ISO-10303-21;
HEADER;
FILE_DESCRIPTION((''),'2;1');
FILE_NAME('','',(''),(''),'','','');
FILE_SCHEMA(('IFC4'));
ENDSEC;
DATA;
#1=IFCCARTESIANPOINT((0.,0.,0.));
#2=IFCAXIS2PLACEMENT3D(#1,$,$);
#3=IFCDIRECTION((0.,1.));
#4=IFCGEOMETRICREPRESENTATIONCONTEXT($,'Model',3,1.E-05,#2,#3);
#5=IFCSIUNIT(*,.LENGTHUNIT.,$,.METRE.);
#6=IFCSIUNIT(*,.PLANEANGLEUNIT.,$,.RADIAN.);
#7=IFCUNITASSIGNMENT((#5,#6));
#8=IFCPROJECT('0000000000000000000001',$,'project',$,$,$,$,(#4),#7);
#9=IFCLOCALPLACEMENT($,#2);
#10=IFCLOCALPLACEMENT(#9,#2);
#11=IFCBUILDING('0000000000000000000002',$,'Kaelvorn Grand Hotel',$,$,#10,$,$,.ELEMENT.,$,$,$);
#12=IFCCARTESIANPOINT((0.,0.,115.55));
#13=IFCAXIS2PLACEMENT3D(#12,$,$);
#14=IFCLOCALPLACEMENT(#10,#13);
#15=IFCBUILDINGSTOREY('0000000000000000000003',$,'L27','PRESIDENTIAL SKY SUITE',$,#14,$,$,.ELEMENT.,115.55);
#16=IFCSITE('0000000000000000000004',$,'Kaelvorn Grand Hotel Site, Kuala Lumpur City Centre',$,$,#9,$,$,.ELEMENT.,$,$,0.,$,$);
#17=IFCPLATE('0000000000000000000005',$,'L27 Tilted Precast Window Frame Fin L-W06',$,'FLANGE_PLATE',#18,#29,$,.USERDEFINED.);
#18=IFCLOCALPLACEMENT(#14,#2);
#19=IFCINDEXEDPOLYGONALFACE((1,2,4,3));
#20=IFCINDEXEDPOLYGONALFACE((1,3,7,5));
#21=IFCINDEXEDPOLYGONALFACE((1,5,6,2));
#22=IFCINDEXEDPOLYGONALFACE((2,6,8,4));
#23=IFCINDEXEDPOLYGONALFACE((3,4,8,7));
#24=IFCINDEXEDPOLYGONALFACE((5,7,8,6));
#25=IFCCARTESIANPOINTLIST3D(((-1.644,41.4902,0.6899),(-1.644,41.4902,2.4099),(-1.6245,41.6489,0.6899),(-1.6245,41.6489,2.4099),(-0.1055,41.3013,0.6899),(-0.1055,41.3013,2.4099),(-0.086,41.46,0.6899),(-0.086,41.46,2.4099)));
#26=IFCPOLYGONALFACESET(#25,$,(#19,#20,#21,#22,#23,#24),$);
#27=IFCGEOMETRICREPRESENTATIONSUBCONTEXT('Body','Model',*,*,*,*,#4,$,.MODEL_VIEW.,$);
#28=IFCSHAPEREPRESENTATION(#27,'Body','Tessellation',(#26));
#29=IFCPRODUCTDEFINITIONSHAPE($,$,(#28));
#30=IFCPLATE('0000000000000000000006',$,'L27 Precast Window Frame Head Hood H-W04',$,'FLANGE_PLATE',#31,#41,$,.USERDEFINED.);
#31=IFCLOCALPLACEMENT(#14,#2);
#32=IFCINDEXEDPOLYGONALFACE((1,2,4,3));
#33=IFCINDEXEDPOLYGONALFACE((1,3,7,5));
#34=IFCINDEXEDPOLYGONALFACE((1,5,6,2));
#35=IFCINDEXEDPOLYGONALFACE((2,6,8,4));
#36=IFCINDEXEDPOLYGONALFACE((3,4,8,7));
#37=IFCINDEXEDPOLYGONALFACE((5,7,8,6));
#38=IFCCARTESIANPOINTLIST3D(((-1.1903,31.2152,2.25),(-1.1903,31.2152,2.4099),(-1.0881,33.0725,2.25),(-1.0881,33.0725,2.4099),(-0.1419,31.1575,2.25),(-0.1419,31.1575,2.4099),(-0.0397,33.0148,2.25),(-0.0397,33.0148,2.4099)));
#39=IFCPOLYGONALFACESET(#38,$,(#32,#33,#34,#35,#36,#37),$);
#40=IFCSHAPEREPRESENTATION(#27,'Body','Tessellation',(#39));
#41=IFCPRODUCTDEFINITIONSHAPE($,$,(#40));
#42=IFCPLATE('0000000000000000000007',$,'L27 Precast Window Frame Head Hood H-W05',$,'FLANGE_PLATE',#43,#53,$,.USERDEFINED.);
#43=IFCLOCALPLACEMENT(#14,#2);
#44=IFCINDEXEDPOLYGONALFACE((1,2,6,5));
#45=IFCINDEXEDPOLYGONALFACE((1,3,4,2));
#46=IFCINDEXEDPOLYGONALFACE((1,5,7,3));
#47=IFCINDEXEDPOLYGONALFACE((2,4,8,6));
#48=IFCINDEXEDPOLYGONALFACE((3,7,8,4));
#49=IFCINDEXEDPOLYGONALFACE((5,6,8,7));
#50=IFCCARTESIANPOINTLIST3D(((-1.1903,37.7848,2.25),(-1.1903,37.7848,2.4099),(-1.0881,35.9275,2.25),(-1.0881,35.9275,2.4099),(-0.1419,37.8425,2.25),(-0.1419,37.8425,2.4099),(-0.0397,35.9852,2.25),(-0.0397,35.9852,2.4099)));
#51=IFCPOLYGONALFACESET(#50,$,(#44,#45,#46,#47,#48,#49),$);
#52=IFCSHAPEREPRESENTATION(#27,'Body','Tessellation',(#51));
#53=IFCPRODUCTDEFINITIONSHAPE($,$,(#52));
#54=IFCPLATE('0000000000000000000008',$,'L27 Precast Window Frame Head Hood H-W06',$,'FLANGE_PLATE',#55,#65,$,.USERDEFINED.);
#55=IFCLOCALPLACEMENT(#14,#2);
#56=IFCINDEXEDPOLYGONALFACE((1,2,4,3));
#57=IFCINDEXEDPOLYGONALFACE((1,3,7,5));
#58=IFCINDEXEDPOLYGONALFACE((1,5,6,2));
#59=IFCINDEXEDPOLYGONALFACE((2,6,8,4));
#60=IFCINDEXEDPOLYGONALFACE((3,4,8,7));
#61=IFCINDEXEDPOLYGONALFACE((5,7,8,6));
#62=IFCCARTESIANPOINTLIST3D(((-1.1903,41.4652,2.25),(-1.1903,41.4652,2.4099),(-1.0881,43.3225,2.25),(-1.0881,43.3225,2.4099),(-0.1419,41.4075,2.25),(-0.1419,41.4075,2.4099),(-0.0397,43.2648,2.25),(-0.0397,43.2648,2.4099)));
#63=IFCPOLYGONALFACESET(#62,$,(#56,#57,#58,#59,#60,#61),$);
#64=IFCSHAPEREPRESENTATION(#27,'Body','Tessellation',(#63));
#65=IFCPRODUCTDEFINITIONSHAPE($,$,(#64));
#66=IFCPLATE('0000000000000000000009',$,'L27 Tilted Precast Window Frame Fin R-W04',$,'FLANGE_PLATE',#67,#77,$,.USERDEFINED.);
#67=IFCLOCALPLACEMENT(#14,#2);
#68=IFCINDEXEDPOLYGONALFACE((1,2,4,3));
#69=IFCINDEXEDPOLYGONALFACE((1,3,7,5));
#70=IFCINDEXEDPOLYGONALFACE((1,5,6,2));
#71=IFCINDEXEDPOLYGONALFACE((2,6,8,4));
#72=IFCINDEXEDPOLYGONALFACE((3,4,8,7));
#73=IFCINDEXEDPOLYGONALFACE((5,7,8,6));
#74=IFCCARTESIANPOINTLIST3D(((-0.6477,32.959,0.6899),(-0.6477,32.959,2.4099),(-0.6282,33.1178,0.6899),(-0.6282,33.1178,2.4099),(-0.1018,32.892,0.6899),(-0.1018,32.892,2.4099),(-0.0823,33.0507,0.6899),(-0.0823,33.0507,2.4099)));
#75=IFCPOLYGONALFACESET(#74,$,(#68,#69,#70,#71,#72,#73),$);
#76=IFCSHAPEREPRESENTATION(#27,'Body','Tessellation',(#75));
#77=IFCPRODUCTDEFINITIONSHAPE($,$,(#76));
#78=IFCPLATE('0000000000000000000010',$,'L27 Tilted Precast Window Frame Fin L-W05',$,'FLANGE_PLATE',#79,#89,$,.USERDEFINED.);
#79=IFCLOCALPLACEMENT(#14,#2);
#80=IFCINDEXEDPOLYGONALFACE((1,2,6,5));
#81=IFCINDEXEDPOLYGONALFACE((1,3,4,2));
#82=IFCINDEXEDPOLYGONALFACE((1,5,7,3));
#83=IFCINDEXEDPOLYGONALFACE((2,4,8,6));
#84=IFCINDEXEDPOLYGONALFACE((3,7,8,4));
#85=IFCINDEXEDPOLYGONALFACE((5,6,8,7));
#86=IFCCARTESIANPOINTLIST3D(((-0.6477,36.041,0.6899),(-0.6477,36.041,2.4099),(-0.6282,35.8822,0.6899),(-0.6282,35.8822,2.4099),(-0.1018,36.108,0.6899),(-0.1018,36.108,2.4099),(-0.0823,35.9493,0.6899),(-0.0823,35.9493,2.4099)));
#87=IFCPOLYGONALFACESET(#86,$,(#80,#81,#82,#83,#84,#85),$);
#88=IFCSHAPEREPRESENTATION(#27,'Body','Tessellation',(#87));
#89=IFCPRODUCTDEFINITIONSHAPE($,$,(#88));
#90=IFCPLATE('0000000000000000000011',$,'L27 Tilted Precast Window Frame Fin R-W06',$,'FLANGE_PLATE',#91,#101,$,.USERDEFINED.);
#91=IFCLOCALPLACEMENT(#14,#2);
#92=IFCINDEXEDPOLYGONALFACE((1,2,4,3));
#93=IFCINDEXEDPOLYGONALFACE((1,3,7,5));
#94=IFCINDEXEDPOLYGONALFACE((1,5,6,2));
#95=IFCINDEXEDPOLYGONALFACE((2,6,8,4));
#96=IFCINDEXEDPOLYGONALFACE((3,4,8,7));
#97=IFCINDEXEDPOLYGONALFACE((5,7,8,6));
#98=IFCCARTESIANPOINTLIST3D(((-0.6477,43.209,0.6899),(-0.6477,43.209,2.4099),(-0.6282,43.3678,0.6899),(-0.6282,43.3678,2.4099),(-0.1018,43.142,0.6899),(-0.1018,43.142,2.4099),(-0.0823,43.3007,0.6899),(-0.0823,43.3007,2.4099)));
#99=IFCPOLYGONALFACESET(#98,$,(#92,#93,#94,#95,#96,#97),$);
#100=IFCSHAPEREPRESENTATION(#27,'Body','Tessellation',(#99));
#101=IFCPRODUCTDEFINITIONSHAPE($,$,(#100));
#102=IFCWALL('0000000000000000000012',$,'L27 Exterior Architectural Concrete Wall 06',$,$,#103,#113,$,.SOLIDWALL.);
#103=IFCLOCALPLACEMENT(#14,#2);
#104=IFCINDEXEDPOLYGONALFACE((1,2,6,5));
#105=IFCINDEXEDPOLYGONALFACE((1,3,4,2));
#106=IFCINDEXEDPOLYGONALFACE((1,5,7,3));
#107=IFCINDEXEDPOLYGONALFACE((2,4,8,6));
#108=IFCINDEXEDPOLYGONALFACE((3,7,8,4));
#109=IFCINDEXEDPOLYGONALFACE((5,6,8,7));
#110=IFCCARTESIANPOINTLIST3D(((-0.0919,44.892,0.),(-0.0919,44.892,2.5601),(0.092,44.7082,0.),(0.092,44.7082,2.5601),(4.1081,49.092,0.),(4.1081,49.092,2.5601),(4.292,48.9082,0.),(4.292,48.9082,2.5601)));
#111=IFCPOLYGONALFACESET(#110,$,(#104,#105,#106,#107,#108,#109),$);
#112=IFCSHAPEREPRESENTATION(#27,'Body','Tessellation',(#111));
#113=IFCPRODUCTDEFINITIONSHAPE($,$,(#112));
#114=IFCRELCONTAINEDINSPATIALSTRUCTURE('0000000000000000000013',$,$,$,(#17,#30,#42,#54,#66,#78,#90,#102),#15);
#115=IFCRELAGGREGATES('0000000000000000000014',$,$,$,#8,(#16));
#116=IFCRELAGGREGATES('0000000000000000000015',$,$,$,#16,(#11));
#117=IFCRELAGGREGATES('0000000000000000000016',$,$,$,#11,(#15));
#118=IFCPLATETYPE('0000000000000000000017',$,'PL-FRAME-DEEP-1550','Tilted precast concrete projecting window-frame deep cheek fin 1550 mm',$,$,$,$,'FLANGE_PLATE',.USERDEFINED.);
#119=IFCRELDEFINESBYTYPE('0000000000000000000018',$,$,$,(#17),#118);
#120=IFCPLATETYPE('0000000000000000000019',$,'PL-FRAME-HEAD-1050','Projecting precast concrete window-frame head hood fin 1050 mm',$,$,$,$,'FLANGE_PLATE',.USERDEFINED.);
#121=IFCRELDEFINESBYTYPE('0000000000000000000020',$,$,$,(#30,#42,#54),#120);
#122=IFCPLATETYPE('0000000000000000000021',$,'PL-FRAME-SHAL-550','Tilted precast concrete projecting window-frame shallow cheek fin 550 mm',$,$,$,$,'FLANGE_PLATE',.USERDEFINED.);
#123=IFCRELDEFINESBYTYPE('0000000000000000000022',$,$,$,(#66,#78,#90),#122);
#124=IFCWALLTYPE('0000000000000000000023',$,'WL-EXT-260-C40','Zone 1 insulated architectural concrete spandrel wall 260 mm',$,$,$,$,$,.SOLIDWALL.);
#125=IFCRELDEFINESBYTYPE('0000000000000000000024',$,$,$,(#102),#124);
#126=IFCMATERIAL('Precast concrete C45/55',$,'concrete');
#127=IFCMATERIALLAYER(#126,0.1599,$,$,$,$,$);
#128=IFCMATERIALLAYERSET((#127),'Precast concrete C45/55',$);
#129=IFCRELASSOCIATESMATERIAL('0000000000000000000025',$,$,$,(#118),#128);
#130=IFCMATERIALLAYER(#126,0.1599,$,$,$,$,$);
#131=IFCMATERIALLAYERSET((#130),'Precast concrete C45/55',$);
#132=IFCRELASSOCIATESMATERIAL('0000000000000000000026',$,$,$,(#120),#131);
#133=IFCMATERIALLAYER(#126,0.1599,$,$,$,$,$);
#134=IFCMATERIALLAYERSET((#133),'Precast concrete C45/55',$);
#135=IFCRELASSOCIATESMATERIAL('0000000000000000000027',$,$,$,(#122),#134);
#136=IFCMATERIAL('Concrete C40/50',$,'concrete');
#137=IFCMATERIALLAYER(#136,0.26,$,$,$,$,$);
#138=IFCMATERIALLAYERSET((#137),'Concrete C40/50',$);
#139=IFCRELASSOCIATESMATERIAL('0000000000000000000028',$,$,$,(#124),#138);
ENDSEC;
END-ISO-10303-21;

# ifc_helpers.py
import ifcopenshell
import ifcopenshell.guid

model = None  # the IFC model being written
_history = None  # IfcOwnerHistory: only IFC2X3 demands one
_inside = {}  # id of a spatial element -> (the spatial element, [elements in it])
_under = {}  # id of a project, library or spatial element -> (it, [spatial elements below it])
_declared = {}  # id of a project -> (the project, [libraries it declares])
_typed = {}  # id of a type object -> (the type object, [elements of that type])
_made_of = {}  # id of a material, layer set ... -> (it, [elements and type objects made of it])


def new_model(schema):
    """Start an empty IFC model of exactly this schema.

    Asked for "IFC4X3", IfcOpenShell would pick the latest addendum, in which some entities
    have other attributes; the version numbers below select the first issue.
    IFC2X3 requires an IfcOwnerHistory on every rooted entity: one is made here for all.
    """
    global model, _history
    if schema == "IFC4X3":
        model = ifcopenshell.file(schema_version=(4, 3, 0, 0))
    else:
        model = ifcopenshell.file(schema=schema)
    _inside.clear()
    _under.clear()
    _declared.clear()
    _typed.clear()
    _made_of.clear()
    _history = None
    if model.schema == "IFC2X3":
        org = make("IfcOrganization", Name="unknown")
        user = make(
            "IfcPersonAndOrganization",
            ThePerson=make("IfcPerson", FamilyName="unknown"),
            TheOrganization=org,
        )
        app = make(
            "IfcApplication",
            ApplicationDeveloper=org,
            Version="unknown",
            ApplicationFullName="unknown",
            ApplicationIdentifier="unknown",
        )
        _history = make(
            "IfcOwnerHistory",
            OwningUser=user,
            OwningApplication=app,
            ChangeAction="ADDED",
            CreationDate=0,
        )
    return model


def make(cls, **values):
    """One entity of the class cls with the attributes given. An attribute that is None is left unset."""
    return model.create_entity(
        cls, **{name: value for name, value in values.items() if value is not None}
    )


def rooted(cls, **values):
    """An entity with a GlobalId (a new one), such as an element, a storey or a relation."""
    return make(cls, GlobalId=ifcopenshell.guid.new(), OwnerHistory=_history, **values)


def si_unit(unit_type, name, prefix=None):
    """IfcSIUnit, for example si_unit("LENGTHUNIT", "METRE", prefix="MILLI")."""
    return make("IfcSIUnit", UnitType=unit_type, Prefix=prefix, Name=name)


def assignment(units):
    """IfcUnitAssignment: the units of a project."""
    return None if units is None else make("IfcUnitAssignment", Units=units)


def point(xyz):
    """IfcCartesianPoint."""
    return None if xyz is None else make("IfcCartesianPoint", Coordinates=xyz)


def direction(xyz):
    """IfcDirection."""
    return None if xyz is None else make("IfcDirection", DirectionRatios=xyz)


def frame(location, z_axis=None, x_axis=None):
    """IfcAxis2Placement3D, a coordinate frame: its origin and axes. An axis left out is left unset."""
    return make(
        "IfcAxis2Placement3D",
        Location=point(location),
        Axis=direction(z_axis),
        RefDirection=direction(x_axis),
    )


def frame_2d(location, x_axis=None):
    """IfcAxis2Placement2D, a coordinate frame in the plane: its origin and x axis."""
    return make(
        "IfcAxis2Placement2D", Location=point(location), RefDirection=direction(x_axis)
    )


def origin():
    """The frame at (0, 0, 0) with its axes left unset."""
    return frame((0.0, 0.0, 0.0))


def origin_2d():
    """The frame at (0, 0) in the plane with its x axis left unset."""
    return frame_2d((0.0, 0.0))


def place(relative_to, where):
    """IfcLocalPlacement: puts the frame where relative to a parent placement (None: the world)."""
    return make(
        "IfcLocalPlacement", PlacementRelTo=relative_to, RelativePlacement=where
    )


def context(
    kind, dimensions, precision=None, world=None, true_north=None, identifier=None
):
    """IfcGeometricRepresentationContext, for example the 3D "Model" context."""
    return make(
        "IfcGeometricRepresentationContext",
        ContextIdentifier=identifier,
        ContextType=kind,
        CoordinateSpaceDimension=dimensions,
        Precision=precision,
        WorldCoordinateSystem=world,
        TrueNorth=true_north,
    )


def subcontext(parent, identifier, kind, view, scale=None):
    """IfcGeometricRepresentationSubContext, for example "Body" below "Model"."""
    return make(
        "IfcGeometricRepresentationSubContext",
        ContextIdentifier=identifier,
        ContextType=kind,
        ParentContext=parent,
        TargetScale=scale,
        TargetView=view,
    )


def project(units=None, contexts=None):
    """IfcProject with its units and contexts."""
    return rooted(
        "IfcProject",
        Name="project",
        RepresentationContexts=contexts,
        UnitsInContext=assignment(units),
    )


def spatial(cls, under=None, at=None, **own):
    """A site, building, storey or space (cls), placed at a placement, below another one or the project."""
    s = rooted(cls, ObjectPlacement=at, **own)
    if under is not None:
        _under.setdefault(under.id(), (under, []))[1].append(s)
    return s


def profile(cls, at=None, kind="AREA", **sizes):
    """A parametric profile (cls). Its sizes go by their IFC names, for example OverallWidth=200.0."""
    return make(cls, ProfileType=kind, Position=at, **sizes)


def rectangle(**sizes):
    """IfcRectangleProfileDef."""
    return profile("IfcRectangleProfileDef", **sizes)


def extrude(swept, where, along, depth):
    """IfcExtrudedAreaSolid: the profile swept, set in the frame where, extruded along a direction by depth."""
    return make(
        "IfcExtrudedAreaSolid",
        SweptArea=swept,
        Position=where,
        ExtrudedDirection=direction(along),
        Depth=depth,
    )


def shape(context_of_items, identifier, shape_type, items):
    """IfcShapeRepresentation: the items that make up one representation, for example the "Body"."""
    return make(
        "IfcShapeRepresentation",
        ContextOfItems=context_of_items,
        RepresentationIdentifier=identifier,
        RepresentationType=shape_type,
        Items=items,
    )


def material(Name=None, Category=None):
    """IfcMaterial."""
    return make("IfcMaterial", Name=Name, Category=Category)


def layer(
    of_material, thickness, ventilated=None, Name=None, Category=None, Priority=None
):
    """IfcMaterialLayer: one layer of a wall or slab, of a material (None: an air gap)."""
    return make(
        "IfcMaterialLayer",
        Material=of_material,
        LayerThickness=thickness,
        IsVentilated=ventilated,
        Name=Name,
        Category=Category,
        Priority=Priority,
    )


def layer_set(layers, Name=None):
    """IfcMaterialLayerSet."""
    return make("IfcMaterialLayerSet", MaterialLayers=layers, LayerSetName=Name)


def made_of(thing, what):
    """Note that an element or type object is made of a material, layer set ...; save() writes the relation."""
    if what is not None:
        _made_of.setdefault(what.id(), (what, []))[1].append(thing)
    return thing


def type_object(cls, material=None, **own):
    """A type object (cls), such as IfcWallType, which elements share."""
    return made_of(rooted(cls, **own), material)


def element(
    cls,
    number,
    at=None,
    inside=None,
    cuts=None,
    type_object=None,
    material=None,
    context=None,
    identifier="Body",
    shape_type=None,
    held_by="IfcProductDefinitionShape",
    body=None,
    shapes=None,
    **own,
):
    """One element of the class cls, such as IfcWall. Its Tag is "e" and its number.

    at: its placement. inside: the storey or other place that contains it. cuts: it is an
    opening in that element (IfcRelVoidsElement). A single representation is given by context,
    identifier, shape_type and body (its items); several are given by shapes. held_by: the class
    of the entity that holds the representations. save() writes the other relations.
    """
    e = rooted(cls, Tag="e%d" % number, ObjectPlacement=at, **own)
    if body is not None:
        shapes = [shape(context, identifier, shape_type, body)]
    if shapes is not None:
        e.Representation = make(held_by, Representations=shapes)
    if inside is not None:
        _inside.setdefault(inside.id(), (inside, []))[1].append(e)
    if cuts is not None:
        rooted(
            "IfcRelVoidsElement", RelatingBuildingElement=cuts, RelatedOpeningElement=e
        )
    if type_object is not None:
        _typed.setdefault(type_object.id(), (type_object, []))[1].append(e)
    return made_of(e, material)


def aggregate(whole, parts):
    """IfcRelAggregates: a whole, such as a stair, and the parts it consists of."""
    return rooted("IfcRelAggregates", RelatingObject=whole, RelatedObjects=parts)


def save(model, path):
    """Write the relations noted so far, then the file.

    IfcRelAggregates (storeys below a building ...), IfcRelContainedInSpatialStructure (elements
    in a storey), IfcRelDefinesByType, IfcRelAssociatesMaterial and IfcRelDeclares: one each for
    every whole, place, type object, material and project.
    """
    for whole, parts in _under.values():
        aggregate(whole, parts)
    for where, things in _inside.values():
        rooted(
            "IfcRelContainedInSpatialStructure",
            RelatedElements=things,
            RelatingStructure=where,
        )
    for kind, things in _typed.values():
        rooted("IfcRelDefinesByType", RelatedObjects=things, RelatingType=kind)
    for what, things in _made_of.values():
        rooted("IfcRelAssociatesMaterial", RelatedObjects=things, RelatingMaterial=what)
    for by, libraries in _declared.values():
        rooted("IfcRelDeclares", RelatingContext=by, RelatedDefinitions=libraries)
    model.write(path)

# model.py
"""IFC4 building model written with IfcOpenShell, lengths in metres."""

from ifc_helpers import new_model, si_unit, direction, frame, frame_2d, origin, origin_2d, place, context, subcontext, project, spatial, rectangle, extrude, material, layer, layer_set, type_object, element, save


model = new_model("IFC4")

# Units and contexts
model_context = context("Model", 3, precision=1e-05, world=origin(), true_north=direction((0.0, 1.0)))
body_context = subcontext(model_context, "Body", "Model", "MODEL_VIEW")
ifc_project = project(units=[si_unit("LENGTHUNIT", "METRE"), si_unit("PLANEANGLEUNIT", "RADIAN")], contexts=[model_context])

# Site, building, storey
site_placement = place(None, origin())
site = spatial("IfcSite", under=ifc_project, at=site_placement, Name="Kaelvorn Grand Hotel Site, Kuala Lumpur City Centre", CompositionType="ELEMENT", RefElevation=0.0)
building_placement = place(site_placement, origin())
building = spatial("IfcBuilding", under=site, at=building_placement, Name="Kaelvorn Grand Hotel", CompositionType="ELEMENT")
storey_placement = place(building_placement, frame((0.0, 0.0, 115.55)))
storey = spatial("IfcBuildingStorey", under=building, at=storey_placement, Name="L27", Description="PRESIDENTIAL SKY SUITE", CompositionType="ELEMENT", Elevation=115.55)

# Plates
ifc_material_1 = material(Name="Precast concrete C45/55", Category="concrete")
ifc_layer_1 = layer(ifc_material_1, 0.1599)
ifc_layer_set_1 = layer_set([ifc_layer_1], Name="Precast concrete C45/55")
plate_type_1 = type_object("IfcPlateType", Name="PL-FRAME-DEEP-1550", Description="Tilted precast concrete projecting window-frame deep cheek fin 1550 mm", ElementType="FLANGE_PLATE", PredefinedType="USERDEFINED", material=ifc_layer_set_1)
for number, where, z_axis, x_axis, name in (
    (1, (-0.865, 41.4751, 0.6899), (0.0, 0.0, 1.0), (0.121869, 0.992546, 0.0), "L27 Tilted Precast Window Frame Fin L-W06"),
):
    element("IfcPlate", number, at=place(storey_placement, frame(where, z_axis=z_axis, x_axis=x_axis)), inside=storey, type_object=plate_type_1, Name=name, ObjectType="FLANGE_PLATE", PredefinedType="USERDEFINED", context=body_context, shape_type="SweptSolid", body=[
        extrude(rectangle(XDim=0.1599, YDim=1.55, at=origin_2d()), origin(), (0.0, 0.0, 1.0), 1.72),
    ])
ifc_layer_2 = layer(ifc_material_1, 0.1599)
ifc_layer_set_2 = layer_set([ifc_layer_2], Name="Precast concrete C45/55")
plate_type_2 = type_object("IfcPlateType", Name="PL-FRAME-HEAD-1050", Description="Projecting precast concrete window-frame head hood fin 1050 mm", ElementType="FLANGE_PLATE", PredefinedType="USERDEFINED", material=ifc_layer_set_2)
for number, where, z_axis, x_axis, name in (
    (2, (-0.615, 32.115, 2.25), (0.0, 0.0, 1.0), (0.05495, 0.998489, 0.0), "L27 Precast Window Frame Head Hood H-W04"),
    (3, (-0.615, 36.885, 2.25), (0.0, 0.0, 1.0), (-0.05495, 0.998489, 0.0), "L27 Precast Window Frame Head Hood H-W05"),
    (4, (-0.615, 42.365, 2.25), (0.0, 0.0, 1.0), (0.05495, 0.998489, 0.0), "L27 Precast Window Frame Head Hood H-W06"),
):
    element("IfcPlate", number, at=place(storey_placement, frame(where, z_axis=z_axis, x_axis=x_axis)), inside=storey, type_object=plate_type_2, Name=name, ObjectType="FLANGE_PLATE", PredefinedType="USERDEFINED", context=body_context, shape_type="SweptSolid", body=[
        extrude(rectangle(XDim=1.8601, YDim=1.05, at=origin_2d()), origin(), (0.0, 0.0, 1.0), 0.1599),
    ])
ifc_layer_3 = layer(ifc_material_1, 0.1599)
ifc_layer_set_3 = layer_set([ifc_layer_3], Name="Precast concrete C45/55")
plate_type_3 = type_object("IfcPlateType", Name="PL-FRAME-SHAL-550", Description="Tilted precast concrete projecting window-frame shallow cheek fin 550 mm", ElementType="FLANGE_PLATE", PredefinedType="USERDEFINED", material=ifc_layer_set_3)
for number, where, z_axis, x_axis, name in (
    (5, (-0.365, 33.0049, 0.6899), (0.0, 0.0, 1.0), (0.121869, 0.992546, 0.0), "L27 Tilted Precast Window Frame Fin R-W04"),
    (6, (-0.365, 35.9951, 0.6899), (0.0, 0.0, 1.0), (-0.121869, 0.992546, 0.0), "L27 Tilted Precast Window Frame Fin L-W05"),
    (7, (-0.365, 43.2549, 0.6899), (0.0, 0.0, 1.0), (0.121869, 0.992546, 0.0), "L27 Tilted Precast Window Frame Fin R-W06"),
):
    element("IfcPlate", number, at=place(storey_placement, frame(where, z_axis=z_axis, x_axis=x_axis)), inside=storey, type_object=plate_type_3, Name=name, ObjectType="FLANGE_PLATE", PredefinedType="USERDEFINED", context=body_context, shape_type="SweptSolid", body=[
        extrude(rectangle(XDim=0.1599, YDim=0.55, at=origin_2d()), origin(), (0.0, 0.0, 1.0), 1.72),
    ])

# Wall
ifc_material_2 = material(Name="Concrete C40/50", Category="concrete")
ifc_layer_4 = layer(ifc_material_2, 0.26)
ifc_layer_set_4 = layer_set([ifc_layer_4], Name="Concrete C40/50")
wall_type_1 = type_object("IfcWallType", Name="WL-EXT-260-C40", Description="Zone 1 insulated architectural concrete spandrel wall 260 mm", PredefinedType="SOLIDWALL", material=ifc_layer_set_4)
wall_1_placement = place(storey_placement, frame((4.2, 49.0, 0.0), z_axis=(0.0, 0.0, 1.0), x_axis=(-0.707107, -0.707107, 0.0)))
element("IfcWall", 8, at=wall_1_placement, inside=storey, type_object=wall_type_1, Name="L27 Exterior Architectural Concrete Wall 06", PredefinedType="SOLIDWALL", context=body_context, shape_type="SweptSolid", body=[
    extrude(rectangle(XDim=5.9397, YDim=0.26, at=frame_2d((2.9697, 0.0))), origin(), (0.0, 0.0, 1.0), 2.5601),
])

save(model, "model.ifc")
